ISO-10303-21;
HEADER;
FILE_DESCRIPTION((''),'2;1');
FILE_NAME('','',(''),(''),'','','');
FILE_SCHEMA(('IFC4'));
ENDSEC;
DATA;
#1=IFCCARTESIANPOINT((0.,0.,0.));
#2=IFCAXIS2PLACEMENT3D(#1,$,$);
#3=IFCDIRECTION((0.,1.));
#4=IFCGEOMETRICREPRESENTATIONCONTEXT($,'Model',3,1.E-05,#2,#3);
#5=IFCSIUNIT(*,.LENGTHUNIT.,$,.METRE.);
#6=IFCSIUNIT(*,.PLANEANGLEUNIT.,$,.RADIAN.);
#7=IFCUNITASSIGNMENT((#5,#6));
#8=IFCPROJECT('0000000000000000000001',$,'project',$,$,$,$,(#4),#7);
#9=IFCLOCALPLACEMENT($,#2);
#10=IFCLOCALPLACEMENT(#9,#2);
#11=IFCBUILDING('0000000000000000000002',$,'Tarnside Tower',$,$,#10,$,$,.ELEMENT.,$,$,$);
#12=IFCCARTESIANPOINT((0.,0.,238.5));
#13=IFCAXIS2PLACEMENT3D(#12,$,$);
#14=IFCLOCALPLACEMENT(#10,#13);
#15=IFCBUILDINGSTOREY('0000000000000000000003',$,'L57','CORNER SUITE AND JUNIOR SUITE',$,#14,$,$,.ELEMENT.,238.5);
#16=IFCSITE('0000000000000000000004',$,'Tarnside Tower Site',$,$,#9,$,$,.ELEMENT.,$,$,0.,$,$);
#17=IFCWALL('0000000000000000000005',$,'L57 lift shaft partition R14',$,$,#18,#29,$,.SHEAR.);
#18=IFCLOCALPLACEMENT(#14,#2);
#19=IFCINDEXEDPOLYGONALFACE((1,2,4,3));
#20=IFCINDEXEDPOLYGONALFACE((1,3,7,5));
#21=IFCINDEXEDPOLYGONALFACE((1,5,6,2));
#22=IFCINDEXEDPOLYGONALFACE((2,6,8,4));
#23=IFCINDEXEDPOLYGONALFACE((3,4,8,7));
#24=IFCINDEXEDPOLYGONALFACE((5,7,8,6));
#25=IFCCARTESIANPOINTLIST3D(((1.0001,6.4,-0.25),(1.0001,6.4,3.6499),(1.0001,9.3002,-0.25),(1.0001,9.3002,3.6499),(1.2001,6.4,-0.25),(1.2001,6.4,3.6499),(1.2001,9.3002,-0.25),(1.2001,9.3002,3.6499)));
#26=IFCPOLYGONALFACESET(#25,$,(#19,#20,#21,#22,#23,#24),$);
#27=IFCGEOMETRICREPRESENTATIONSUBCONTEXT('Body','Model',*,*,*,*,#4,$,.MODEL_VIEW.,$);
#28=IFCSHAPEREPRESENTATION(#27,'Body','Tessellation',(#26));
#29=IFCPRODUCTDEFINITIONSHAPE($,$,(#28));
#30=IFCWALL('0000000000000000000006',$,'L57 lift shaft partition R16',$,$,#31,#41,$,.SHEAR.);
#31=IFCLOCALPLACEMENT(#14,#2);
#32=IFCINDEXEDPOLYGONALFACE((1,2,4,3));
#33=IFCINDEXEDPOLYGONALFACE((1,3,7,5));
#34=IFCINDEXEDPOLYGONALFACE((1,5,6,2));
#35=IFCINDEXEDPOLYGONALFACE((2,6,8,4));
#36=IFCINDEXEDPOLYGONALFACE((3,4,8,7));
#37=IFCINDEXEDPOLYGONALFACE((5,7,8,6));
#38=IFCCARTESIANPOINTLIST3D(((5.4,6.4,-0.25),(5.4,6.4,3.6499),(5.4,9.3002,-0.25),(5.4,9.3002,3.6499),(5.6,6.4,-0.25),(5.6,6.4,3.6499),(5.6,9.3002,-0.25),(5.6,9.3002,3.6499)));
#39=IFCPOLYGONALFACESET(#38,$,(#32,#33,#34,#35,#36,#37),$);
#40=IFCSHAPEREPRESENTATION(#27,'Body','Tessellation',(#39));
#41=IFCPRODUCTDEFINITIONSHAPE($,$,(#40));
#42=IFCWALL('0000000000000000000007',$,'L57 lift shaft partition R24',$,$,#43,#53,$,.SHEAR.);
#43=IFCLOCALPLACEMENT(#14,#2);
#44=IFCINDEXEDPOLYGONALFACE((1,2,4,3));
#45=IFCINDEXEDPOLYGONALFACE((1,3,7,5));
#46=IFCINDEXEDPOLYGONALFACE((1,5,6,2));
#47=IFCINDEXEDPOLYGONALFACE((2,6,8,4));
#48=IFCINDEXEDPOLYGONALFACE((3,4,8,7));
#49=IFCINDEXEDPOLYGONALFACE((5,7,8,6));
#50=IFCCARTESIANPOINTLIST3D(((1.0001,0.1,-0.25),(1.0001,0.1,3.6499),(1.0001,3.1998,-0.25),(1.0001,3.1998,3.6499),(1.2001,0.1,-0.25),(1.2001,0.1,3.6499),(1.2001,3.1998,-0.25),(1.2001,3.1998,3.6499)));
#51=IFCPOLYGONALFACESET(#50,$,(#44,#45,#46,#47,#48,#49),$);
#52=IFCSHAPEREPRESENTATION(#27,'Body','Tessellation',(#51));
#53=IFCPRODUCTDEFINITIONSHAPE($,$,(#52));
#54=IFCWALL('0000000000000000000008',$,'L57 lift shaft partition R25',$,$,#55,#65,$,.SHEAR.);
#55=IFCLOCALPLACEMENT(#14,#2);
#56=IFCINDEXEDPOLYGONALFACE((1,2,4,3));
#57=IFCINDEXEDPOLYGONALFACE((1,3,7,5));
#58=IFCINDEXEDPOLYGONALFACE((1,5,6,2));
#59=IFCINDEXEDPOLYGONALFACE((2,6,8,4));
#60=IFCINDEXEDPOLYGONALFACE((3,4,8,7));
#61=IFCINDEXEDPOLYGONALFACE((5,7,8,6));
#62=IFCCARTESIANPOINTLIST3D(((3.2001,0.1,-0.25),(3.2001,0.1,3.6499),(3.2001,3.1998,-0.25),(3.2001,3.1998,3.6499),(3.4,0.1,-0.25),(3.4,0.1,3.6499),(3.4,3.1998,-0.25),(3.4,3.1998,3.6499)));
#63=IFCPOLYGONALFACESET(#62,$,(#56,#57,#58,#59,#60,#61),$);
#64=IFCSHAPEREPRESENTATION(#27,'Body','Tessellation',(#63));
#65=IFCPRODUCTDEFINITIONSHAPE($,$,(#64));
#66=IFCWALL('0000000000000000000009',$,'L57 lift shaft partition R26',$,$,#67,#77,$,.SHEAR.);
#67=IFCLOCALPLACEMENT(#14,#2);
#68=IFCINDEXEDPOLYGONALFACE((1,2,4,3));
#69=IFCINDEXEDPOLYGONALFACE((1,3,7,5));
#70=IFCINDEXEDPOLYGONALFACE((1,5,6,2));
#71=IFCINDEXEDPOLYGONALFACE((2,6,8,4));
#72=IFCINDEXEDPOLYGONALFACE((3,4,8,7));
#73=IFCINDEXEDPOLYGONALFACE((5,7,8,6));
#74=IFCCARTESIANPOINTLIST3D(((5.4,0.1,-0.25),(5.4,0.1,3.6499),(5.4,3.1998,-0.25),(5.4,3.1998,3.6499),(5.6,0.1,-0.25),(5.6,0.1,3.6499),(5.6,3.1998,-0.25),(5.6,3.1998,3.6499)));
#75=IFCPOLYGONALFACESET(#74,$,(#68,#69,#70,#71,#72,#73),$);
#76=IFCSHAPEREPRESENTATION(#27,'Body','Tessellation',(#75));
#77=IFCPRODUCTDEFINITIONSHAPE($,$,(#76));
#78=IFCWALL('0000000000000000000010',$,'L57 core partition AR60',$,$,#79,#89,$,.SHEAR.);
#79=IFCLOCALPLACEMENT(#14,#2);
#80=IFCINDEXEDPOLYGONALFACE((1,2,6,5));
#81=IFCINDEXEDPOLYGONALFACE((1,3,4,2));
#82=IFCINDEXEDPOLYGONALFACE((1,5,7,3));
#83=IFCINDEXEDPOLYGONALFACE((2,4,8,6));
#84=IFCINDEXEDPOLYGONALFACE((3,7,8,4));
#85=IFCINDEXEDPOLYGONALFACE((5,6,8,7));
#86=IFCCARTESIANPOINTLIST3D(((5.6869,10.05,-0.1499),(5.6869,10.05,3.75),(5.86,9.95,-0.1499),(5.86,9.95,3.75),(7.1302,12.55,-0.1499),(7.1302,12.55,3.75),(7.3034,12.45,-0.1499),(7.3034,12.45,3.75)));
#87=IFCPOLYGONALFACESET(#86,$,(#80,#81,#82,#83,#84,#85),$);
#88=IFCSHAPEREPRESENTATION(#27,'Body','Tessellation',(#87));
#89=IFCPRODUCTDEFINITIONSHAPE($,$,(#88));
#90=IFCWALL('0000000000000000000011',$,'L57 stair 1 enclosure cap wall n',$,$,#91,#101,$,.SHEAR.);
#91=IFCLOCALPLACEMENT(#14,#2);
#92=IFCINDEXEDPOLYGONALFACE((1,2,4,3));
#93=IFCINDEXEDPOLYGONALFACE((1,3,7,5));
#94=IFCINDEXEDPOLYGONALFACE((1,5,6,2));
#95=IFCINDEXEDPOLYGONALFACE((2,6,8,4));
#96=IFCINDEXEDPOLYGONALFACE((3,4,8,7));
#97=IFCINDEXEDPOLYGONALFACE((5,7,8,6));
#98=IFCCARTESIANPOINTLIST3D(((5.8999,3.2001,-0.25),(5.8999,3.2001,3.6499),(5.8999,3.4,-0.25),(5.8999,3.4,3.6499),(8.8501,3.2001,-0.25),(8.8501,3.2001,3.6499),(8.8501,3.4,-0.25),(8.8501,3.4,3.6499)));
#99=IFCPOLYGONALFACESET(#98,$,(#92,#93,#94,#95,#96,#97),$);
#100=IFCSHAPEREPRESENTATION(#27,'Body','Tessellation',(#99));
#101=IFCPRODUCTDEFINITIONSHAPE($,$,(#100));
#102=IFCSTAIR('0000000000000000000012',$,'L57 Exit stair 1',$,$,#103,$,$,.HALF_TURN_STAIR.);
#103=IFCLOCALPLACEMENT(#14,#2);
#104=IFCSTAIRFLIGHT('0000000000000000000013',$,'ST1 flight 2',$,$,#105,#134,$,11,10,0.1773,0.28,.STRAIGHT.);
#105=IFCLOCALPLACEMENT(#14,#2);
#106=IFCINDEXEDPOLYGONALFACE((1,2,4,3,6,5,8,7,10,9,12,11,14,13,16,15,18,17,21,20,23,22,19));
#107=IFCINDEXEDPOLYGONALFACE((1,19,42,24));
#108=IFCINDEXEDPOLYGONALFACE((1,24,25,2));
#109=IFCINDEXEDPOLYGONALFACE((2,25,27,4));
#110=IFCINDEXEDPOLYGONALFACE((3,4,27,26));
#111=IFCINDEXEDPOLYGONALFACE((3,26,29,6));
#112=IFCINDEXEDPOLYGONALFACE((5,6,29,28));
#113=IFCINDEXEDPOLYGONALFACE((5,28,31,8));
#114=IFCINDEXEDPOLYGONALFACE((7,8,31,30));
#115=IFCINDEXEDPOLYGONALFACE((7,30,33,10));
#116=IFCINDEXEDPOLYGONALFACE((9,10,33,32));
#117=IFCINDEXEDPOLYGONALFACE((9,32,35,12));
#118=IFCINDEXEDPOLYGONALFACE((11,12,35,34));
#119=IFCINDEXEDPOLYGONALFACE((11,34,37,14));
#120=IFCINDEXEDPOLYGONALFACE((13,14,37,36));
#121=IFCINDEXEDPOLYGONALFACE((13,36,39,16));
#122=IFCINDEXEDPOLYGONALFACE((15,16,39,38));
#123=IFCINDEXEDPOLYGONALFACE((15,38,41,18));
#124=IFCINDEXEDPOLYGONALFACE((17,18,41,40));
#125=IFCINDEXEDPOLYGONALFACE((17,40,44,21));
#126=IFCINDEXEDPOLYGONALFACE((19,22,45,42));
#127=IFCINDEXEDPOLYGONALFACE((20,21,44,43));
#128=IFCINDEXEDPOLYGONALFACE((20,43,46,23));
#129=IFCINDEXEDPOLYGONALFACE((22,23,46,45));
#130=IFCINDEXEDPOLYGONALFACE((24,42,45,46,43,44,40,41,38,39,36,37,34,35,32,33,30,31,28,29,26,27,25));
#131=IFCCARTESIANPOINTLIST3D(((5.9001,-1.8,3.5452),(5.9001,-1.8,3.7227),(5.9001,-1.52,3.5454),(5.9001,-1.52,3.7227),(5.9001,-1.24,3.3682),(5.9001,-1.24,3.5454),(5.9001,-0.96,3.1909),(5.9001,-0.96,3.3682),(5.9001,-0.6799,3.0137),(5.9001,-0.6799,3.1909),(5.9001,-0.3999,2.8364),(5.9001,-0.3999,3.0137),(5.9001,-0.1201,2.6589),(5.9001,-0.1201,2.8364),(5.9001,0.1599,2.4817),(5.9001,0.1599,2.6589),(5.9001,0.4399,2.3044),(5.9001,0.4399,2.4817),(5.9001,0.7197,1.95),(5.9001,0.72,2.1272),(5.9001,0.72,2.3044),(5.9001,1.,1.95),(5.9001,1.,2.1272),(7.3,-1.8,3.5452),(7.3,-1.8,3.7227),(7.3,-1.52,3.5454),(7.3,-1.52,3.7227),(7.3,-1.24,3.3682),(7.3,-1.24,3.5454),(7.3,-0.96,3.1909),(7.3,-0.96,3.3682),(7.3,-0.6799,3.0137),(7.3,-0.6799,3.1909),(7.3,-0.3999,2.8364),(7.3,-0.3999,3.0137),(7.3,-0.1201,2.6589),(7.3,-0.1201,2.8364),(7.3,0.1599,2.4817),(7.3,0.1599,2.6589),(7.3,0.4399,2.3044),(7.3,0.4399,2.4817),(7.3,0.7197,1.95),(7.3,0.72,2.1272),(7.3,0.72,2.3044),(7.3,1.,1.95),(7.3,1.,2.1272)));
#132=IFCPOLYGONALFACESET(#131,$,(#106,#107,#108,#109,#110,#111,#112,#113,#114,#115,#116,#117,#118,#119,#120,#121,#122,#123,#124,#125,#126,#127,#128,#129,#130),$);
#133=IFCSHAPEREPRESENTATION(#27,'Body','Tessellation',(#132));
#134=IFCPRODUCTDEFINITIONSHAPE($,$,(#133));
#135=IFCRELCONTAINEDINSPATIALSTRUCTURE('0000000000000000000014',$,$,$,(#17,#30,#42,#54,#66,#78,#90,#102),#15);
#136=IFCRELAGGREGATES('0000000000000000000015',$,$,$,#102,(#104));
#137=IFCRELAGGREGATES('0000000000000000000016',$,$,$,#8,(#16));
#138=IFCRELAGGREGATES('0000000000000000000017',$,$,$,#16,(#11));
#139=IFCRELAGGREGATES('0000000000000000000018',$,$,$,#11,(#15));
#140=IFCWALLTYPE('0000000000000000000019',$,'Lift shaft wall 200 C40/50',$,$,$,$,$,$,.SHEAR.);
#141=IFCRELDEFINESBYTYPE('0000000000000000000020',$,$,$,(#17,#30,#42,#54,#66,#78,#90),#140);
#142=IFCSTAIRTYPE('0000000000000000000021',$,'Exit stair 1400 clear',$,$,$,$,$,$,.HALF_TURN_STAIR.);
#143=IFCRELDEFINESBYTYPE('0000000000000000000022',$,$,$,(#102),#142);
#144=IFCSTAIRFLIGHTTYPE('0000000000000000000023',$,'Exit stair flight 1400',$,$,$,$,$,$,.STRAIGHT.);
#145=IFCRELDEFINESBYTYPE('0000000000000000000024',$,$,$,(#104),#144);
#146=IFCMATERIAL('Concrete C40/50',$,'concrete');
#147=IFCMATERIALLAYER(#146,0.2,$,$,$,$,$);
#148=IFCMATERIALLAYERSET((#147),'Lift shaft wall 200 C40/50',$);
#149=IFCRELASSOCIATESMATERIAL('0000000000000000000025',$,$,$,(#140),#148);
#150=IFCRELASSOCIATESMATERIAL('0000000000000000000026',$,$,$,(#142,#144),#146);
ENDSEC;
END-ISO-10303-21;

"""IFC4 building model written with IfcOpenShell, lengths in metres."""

from ifc_helpers import new_model, si_unit, direction, frame, frame_2d, origin, place, context, subcontext, project, spatial, polyline, rectangle, outline, extrude, material, layer, layer_set, type_object, element, aggregate, save


model = new_model("IFC4")

# Units and contexts
model_context = context("Model", 3, precision=1e-05, world=origin(), true_north=direction((0.0, 1.0)))
body_context = subcontext(model_context, "Body", "Model", "MODEL_VIEW")
ifc_project = project(units=[si_unit("LENGTHUNIT", "METRE"), si_unit("PLANEANGLEUNIT", "RADIAN")], contexts=[model_context])

# Site, building, storey
site_placement = place(None, origin())
site = spatial("IfcSite", under=ifc_project, at=site_placement, Name="Tarnside Tower Site", CompositionType="ELEMENT", RefElevation=0.0)
building_placement = place(site_placement, origin())
building = spatial("IfcBuilding", under=site, at=building_placement, Name="Tarnside Tower", CompositionType="ELEMENT")
storey_placement = place(building_placement, frame((0.0, 0.0, 238.5)))
storey = spatial("IfcBuildingStorey", under=building, at=storey_placement, Name="L57", Description="CORNER SUITE AND JUNIOR SUITE", CompositionType="ELEMENT", Elevation=238.5)

# Walls
ifc_material_1 = material(Name="Concrete C40/50", Category="concrete")
ifc_layer_1 = layer(ifc_material_1, 0.2)
ifc_layer_set_1 = layer_set([ifc_layer_1], Name="Lift shaft wall 200 C40/50")
wall_type_1 = type_object("IfcWallType", Name="Lift shaft wall 200 C40/50", PredefinedType="SHEAR", material=ifc_layer_set_1)
for number, where, z_axis, x_axis, name in (
    (1, (1.1001, 6.3999, -0.25), (0.0, 0.0, 1.0), (0.0, 1.0, 0.0), "L57 lift shaft partition R14"),
    (2, (5.5, 6.3999, -0.25), (0.0, 0.0, 1.0), (0.0, 1.0, 0.0), "L57 lift shaft partition R16"),
):
    element("IfcWall", number, at=place(storey_placement, frame(where, z_axis=z_axis, x_axis=x_axis)), inside=storey, type_object=wall_type_1, Name=name, PredefinedType="SHEAR", context=body_context, shape_type="SweptSolid", body=[
        extrude(rectangle(XDim=2.9001, YDim=0.2, at=frame_2d((1.4502, 0.0))), origin(), (0.0, 0.0, 1.0), 3.8999),
    ])
for number, where, z_axis, x_axis, name in (
    (3, (1.1001, 0.1001, -0.25), (0.0, 0.0, 1.0), (0.0, 1.0, 0.0), "L57 lift shaft partition R24"),
    (4, (3.3, 0.1001, -0.25), (0.0, 0.0, 1.0), (0.0, 1.0, 0.0), "L57 lift shaft partition R25"),
    (5, (5.5, 0.1001, -0.25), (0.0, 0.0, 1.0), (0.0, 1.0, 0.0), "L57 lift shaft partition R26"),
):
    element("IfcWall", number, at=place(storey_placement, frame(where, z_axis=z_axis, x_axis=x_axis)), inside=storey, type_object=wall_type_1, Name=name, PredefinedType="SHEAR", context=body_context, shape_type="SweptSolid", body=[
        extrude(rectangle(XDim=3.0999, YDim=0.2, at=frame_2d((1.5498, 0.0))), origin(), (0.0, 0.0, 1.0), 3.8999),
    ])
wall_1_placement = place(storey_placement, frame((5.7734, 10.0, -0.1499), z_axis=(0.0, 0.0, 1.0), x_axis=(0.499996, 0.866028, 0.0)))
element("IfcWall", 6, at=wall_1_placement, inside=storey, type_object=wall_type_1, Name="L57 core partition AR60", PredefinedType="SHEAR", context=body_context, shape_type="SweptSolid", body=[
    extrude(rectangle(XDim=2.8867, YDim=0.2, at=frame_2d((1.4434, 0.0))), origin(), (0.0, 0.0, 1.0), 3.8999),
])
wall_2_placement = place(storey_placement, frame((5.8999, 3.3, -0.25), z_axis=(0.0, 0.0, 1.0), x_axis=(1.0, 0.0, 0.0)))
element("IfcWall", 7, at=wall_2_placement, inside=storey, type_object=wall_type_1, Name="L57 stair 1 enclosure cap wall n", PredefinedType="SHEAR", context=body_context, shape_type="SweptSolid", body=[
    extrude(rectangle(XDim=2.9502, YDim=0.2, at=frame_2d((1.4751, 0.0))), origin(), (0.0, 0.0, 1.0), 3.8999),
])

# Stair, stair flight
stair_type = type_object("IfcStairType", Name="Exit stair 1400 clear", PredefinedType="HALF_TURN_STAIR", material=ifc_material_1)
stair_placement = place(storey_placement, origin())
stair = element("IfcStair", 8, at=stair_placement, inside=storey, type_object=stair_type, Name="L57 Exit stair 1", PredefinedType="HALF_TURN_STAIR")
stair_flight_type = type_object("IfcStairFlightType", Name="Exit stair flight 1400", PredefinedType="STRAIGHT", material=ifc_material_1)
stair_flight_placement = place(storey_placement, frame((6.6001, 1.0, 1.95), z_axis=(0.0, 0.0, 1.0), x_axis=(0.0, -1.0, 0.0)))
stair_flight = element("IfcStairFlight", 9, at=stair_flight_placement, type_object=stair_flight_type, Name="ST1 flight 2", NumberOfRisers=11, NumberOfTreads=10, PredefinedType="STRAIGHT", RiserHeight=0.1773, TreadLength=0.28, context=body_context, shape_type="SweptSolid", body=[
    extrude(outline(polyline([(0.0, 0.0), (0.0, 0.1772), (0.28, 0.1772), (0.28, 0.3545), (0.5601, 0.3545), (0.5601, 0.5317), (0.8401, 0.5317), (0.8401, 0.709), (1.1201, 0.709), (1.1201, 0.8865), (1.3999, 0.8865), (1.3999, 1.0637), (1.6799, 1.0637), (1.6799, 1.241), (1.96, 1.241), (1.96, 1.4182), (2.24, 1.4182), (2.24, 1.5955), (2.52, 1.5955), (2.52, 1.7727), (2.8, 1.7727), (2.8, 1.95), (2.8, 1.5952), (0.2803, 0.0), (0.0, 0.0)])), frame((0.0, 0.7, 0.0), z_axis=(0.0, -1.0, 0.0), x_axis=(1.0, 0.0, 0.0)), (0.0, 0.0, 1.0), 1.3999),
])
aggregate(stair, [stair_flight])

save(model, "model.ifc")
